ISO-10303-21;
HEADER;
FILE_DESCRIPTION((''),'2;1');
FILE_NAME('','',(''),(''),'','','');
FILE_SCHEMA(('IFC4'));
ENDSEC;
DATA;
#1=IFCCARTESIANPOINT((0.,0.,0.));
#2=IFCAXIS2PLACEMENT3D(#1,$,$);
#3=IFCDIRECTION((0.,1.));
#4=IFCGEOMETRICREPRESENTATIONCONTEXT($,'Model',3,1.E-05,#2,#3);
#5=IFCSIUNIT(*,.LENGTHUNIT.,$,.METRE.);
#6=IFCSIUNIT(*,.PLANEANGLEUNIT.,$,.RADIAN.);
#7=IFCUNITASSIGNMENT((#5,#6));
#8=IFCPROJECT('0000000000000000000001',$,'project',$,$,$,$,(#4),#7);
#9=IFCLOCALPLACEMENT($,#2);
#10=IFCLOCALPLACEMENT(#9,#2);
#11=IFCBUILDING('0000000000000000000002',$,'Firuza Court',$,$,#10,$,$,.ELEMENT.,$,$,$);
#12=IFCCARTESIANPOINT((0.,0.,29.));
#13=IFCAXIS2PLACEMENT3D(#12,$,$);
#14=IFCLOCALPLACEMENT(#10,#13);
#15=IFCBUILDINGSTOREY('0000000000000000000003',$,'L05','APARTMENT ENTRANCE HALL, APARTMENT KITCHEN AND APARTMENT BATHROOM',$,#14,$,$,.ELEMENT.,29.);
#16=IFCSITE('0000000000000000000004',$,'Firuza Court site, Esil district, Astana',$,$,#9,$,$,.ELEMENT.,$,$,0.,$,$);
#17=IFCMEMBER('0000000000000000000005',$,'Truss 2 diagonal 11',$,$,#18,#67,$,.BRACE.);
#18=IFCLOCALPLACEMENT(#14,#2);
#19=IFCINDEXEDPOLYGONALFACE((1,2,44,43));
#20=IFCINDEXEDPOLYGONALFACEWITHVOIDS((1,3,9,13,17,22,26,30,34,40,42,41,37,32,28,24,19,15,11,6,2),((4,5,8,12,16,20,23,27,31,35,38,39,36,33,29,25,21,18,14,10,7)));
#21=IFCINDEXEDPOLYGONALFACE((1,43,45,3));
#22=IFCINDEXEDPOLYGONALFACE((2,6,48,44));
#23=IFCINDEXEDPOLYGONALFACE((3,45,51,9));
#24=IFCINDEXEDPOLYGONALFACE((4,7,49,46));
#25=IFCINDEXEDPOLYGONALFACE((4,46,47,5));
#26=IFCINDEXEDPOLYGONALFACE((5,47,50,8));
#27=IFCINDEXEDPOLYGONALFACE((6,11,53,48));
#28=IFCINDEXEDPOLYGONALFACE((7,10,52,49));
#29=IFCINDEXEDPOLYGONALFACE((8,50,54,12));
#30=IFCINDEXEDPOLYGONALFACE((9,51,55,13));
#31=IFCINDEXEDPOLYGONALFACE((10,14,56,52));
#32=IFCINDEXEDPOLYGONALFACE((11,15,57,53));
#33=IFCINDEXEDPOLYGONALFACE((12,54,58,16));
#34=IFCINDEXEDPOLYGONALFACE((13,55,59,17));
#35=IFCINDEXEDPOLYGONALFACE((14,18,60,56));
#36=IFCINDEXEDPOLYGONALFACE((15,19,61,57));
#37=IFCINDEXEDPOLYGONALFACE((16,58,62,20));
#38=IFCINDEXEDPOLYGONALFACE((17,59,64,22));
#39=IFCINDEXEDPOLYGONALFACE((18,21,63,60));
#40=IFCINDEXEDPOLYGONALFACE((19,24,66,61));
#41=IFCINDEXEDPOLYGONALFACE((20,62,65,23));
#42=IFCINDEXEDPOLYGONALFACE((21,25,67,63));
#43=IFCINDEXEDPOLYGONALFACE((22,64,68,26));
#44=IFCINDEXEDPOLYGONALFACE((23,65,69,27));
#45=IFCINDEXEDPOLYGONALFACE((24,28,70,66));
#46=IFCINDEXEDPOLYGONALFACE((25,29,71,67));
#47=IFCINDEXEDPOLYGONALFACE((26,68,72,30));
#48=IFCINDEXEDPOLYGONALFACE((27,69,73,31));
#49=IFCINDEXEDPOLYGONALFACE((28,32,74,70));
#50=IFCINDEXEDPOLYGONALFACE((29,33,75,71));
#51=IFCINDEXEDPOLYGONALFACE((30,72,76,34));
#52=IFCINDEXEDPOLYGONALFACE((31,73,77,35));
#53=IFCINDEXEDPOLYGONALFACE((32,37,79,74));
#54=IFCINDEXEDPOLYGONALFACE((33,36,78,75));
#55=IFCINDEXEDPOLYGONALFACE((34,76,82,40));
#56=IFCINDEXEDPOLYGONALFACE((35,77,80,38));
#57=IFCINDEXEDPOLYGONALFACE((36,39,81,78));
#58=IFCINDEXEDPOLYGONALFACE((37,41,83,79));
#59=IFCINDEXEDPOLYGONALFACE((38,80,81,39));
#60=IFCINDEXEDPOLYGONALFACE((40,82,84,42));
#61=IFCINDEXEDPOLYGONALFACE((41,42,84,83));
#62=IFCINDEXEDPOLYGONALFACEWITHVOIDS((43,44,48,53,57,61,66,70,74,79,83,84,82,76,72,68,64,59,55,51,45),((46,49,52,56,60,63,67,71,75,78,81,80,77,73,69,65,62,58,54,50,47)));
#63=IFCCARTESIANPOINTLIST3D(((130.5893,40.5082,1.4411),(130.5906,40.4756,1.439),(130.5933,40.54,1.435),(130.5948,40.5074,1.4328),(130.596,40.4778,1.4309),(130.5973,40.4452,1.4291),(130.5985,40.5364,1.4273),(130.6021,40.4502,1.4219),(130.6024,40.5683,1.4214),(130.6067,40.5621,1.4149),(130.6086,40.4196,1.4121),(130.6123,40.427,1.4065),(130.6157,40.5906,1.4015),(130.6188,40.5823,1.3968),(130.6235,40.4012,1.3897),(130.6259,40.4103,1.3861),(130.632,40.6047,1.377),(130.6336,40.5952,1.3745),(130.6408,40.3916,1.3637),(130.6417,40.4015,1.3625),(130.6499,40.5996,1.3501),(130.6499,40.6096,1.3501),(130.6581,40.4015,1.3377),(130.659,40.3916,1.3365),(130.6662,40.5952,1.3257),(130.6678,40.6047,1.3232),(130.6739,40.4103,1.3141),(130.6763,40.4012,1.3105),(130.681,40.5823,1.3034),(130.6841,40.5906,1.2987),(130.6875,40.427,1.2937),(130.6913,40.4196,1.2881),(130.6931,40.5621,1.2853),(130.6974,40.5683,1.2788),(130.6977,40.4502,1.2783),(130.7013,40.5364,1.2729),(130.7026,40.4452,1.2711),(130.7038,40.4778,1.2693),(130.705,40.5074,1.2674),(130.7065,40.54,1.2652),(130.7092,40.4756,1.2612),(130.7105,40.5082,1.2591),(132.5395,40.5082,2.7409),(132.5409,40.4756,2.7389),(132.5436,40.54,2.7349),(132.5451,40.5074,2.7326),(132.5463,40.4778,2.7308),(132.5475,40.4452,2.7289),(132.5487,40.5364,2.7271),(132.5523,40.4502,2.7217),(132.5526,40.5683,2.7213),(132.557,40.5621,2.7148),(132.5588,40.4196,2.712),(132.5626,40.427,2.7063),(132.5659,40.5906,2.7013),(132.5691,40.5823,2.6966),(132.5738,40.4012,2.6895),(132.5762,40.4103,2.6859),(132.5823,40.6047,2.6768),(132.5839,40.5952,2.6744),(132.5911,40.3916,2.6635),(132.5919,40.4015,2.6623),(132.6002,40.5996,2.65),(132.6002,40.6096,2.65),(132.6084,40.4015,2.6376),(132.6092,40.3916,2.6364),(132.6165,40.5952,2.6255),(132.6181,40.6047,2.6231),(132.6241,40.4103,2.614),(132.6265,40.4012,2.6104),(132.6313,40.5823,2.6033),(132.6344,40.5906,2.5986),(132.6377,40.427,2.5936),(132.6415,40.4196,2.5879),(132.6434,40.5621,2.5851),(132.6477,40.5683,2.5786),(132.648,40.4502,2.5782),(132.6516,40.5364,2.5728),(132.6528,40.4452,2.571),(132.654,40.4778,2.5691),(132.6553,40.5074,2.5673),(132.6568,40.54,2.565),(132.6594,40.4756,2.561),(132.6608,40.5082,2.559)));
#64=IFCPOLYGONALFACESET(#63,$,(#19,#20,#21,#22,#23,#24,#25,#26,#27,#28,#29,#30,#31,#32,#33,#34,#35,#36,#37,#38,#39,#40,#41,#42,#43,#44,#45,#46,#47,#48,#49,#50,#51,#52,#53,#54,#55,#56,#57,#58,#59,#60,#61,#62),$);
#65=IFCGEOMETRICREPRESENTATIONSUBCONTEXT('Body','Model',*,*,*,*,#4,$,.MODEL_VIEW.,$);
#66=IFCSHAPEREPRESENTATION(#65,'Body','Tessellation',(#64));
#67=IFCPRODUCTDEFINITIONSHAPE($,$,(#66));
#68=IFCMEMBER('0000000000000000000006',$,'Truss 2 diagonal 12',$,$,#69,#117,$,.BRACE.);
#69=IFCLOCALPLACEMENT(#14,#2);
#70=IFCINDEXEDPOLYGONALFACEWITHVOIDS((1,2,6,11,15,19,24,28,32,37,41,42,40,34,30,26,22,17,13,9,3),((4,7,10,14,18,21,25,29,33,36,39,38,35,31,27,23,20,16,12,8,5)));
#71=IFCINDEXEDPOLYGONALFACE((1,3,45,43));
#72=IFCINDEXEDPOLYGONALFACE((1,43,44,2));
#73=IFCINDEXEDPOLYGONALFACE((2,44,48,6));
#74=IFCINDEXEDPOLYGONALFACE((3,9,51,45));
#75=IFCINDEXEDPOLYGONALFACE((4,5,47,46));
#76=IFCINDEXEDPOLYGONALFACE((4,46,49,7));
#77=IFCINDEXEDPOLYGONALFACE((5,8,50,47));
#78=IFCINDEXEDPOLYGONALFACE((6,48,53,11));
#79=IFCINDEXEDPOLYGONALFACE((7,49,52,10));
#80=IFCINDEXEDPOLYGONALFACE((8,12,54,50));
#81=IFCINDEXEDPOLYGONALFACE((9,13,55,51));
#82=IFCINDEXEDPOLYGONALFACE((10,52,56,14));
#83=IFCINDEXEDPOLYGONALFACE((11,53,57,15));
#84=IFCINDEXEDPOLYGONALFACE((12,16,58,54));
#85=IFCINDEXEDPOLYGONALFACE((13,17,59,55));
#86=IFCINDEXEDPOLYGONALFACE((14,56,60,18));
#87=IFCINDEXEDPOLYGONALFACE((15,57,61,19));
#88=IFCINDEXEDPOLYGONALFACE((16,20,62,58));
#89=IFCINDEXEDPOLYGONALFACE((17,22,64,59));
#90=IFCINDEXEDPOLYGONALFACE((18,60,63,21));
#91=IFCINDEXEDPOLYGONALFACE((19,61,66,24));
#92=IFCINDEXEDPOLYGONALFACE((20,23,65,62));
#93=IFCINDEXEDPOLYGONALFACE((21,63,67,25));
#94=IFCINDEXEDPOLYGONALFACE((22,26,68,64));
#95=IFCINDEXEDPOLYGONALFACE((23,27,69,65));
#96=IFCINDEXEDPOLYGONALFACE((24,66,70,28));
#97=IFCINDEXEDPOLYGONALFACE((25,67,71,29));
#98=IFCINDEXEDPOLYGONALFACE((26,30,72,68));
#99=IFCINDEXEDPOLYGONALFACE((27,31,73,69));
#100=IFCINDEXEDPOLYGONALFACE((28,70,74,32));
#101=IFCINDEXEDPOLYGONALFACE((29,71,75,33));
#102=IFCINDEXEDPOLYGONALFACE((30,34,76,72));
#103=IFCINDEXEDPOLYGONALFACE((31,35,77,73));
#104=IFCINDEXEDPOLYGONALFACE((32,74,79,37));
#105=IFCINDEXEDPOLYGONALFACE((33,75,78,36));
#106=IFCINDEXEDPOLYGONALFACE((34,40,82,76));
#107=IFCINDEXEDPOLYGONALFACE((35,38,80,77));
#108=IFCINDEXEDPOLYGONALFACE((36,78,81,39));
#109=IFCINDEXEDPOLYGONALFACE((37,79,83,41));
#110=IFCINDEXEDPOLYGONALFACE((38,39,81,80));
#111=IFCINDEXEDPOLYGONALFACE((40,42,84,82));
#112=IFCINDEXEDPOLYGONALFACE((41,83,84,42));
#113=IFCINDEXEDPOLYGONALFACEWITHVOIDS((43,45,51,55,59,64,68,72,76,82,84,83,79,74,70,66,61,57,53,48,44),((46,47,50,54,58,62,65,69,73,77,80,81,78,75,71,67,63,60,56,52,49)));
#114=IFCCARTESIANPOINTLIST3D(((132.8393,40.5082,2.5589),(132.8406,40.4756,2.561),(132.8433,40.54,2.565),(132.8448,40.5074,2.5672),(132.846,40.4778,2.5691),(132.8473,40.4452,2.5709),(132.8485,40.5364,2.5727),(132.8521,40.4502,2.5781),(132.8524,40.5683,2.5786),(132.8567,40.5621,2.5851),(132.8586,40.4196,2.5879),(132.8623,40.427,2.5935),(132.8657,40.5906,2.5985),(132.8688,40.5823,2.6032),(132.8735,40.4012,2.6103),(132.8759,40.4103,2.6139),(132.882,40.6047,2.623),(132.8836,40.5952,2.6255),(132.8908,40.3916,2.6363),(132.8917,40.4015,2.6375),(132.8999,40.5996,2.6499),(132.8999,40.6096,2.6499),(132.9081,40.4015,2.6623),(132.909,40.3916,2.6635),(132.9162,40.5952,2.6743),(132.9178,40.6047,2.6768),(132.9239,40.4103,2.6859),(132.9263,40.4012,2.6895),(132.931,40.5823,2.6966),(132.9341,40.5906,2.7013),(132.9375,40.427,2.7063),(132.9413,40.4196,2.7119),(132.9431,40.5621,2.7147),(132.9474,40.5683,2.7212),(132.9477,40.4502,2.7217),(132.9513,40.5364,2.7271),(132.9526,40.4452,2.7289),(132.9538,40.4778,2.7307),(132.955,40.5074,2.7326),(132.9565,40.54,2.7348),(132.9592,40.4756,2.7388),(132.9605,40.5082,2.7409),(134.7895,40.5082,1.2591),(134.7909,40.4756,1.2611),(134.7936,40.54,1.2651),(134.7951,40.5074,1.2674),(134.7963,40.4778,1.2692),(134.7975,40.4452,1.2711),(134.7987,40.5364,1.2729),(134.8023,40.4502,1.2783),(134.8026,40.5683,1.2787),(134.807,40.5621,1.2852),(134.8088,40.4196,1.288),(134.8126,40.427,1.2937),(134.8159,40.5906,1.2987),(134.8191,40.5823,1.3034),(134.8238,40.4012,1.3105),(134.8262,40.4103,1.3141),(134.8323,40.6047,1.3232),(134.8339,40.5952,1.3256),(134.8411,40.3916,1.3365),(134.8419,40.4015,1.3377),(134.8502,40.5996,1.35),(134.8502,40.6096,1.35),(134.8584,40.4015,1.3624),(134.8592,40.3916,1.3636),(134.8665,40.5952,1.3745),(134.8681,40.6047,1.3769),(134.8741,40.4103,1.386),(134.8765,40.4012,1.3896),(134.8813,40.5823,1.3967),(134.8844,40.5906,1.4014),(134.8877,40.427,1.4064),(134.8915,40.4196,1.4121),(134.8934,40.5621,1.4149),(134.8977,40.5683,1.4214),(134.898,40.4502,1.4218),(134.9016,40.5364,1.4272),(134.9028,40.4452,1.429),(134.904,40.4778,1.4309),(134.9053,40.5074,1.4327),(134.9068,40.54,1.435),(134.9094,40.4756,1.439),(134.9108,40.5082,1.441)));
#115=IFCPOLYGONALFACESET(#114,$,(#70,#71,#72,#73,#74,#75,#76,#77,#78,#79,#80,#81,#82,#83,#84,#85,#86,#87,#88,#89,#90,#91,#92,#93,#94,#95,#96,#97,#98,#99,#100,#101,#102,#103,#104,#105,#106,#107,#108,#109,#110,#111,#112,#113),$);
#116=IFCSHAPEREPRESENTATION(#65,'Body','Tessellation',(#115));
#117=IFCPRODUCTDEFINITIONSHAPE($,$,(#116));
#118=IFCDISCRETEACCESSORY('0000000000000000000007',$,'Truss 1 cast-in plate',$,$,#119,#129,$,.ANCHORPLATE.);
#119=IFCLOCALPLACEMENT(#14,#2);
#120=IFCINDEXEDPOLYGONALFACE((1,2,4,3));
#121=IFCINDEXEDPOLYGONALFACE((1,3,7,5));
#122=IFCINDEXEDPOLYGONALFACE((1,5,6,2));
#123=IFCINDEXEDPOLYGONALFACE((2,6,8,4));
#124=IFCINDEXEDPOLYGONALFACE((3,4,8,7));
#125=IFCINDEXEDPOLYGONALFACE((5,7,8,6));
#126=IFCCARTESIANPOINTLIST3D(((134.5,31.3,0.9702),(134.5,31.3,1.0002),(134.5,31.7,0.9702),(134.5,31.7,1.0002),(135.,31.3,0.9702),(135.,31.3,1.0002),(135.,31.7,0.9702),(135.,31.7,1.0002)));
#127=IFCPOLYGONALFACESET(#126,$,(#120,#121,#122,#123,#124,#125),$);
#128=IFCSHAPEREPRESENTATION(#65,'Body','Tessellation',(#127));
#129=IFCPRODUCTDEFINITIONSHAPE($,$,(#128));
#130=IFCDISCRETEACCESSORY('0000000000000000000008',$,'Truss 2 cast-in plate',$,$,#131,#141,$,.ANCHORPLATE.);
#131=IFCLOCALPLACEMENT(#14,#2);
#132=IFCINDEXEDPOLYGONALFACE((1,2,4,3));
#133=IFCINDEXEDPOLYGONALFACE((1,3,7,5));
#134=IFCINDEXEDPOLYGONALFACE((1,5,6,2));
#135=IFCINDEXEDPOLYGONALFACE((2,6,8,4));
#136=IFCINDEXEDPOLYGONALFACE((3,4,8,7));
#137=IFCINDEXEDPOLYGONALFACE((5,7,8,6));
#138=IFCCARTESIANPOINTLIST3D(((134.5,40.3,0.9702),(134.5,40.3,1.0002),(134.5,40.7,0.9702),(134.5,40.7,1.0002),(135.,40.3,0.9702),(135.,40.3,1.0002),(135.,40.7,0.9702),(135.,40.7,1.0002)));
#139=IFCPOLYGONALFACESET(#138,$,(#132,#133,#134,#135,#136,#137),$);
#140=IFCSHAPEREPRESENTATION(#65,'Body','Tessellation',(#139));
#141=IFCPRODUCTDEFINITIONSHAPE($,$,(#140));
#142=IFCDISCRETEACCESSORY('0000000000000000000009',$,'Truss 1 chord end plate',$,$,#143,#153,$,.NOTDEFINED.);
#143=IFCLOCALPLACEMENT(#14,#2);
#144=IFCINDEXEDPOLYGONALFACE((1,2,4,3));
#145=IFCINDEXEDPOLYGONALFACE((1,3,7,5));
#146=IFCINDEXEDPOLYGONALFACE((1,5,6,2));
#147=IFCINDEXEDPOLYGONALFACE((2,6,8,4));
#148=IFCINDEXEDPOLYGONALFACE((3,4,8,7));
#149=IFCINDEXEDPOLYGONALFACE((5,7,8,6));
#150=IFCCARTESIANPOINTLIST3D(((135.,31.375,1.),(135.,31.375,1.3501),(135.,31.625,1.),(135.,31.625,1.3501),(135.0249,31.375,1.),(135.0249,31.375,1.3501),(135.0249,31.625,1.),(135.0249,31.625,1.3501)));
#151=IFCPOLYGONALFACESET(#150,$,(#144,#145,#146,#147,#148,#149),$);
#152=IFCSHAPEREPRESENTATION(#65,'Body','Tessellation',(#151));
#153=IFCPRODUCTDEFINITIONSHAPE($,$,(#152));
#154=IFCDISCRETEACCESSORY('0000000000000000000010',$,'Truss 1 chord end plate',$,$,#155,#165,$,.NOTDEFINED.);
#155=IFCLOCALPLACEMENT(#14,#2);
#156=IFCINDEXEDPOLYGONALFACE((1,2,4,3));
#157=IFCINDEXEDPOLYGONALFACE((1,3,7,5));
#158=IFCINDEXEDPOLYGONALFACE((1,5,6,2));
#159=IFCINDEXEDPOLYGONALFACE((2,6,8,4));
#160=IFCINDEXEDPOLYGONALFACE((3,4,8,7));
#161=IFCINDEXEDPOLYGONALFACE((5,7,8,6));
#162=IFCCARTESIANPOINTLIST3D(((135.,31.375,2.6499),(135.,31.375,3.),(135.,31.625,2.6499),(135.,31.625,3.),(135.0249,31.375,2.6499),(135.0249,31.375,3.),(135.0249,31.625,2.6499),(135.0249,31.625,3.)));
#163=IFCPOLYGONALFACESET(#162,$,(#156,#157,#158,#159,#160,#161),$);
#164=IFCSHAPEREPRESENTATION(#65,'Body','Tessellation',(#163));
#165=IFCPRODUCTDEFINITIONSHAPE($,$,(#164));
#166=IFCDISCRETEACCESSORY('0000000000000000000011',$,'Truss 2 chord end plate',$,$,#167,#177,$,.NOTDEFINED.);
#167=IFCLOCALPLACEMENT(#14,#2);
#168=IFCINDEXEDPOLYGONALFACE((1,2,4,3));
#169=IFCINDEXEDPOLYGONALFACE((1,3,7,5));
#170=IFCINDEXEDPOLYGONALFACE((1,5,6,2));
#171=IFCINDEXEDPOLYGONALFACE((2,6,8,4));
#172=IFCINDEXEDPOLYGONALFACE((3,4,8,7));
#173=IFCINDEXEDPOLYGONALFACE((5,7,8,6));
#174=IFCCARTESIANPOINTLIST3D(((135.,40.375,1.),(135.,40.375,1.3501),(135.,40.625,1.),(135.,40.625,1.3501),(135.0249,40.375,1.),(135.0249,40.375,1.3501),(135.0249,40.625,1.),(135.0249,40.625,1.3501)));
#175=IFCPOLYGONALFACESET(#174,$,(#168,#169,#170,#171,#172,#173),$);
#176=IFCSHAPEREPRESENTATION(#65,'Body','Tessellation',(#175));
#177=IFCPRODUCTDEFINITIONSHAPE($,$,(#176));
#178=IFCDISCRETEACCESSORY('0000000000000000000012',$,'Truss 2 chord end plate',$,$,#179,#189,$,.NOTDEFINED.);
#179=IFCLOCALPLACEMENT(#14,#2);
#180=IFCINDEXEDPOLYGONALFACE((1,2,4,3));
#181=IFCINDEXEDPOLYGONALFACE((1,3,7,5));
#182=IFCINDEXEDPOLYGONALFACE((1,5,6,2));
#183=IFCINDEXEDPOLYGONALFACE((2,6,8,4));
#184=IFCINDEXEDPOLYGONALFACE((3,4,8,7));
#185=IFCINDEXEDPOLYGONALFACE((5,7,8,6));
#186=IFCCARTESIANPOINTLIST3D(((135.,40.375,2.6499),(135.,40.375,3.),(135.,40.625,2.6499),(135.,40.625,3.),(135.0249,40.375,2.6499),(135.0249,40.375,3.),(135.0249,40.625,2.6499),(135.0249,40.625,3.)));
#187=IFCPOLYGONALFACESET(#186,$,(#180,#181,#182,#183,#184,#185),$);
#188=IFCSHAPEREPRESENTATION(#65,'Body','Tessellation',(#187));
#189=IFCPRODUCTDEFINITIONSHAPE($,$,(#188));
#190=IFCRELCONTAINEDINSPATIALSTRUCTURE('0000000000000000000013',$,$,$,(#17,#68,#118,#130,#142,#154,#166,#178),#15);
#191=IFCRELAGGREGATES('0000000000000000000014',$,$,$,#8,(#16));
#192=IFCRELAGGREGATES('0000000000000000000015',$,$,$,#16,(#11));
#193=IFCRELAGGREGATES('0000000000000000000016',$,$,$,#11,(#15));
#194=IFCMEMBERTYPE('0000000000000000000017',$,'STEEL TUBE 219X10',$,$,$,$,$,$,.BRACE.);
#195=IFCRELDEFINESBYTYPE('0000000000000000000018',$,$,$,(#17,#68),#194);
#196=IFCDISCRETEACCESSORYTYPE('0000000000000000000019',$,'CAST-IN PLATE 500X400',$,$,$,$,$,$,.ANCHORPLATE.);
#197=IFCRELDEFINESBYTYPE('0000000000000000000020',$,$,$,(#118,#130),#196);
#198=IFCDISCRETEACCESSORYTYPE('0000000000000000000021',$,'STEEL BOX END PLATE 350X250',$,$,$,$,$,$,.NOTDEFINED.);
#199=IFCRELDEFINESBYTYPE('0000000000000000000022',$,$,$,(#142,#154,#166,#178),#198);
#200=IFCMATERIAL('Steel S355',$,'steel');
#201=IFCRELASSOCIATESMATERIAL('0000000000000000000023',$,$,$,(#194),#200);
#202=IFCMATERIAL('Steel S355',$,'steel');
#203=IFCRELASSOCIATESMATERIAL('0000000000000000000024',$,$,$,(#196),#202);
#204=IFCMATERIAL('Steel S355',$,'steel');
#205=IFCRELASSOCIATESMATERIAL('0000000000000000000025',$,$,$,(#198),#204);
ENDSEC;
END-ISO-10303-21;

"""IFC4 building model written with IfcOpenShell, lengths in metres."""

from ifc_helpers import new_model, si_unit, direction, frame, origin, origin_2d, place, context, subcontext, project, spatial, rectangle, hollow_circle, extrude, material, material_profile, profile_set, type_object, element, save


model = new_model("IFC4")

# Units and contexts
model_context = context("Model", 3, precision=1e-05, world=origin(), true_north=direction((0.0, 1.0)))
body_context = subcontext(model_context, "Body", "Model", "MODEL_VIEW")
ifc_project = project(units=[si_unit("LENGTHUNIT", "METRE"), si_unit("PLANEANGLEUNIT", "RADIAN")], contexts=[model_context])

# Site, building, storey
site_placement = place(None, origin())
site = spatial("IfcSite", under=ifc_project, at=site_placement, Name="Firuza Court site, Esil district, Astana", CompositionType="ELEMENT", RefElevation=0.0)
building_placement = place(site_placement, origin())
building = spatial("IfcBuilding", under=site, at=building_placement, Name="Firuza Court", CompositionType="ELEMENT")
storey_placement = place(building_placement, frame((0.0, 0.0, 29.0)))
storey = spatial("IfcBuildingStorey", under=building, at=storey_placement, Name="L05", Description="APARTMENT ENTRANCE HALL, APARTMENT KITCHEN AND APARTMENT BATHROOM", CompositionType="ELEMENT", Elevation=29.0)

# Members
ifc_material_1 = material(Name="Steel S355", Category="steel")
ifc_material_profile_1 = material_profile(ifc_material_1, hollow_circle(Radius=0.1096, WallThickness=0.01, at=origin_2d()), Name="CHS 219X10")
ifc_profile_set_1 = profile_set([ifc_material_profile_1], Name="Steel S355")
member_type_1 = type_object("IfcMemberType", Name="STEEL TUBE 219X10", PredefinedType="BRACE", material=ifc_profile_set_1)
for number, where, z_axis, x_axis, name in (
    (1, (130.6499, 40.5, 1.3501), (0.832114, 0.0, 0.554604), (0.0, 1.0, 0.0), "Truss 2 diagonal 11"),
    (2, (132.8999, 40.5, 2.6499), (0.832114, 0.0, -0.554604), (0.0, 1.0, 0.0), "Truss 2 diagonal 12"),
):
    element("IfcMember", number, at=place(storey_placement, frame(where, z_axis=z_axis, x_axis=x_axis)), inside=storey, type_object=member_type_1, Name=name, PredefinedType="BRACE", context=body_context, shape_type="SweptSolid", body=[
        extrude(hollow_circle(Radius=0.1096, WallThickness=0.01, at=origin_2d()), origin(), (0.0, 0.0, 1.0), 2.3438),
    ])

# Discrete accessories
ifc_material_2 = material(Name="Steel S355", Category="steel")
discrete_accessory_type_1 = type_object("IfcDiscreteAccessoryType", Name="CAST-IN PLATE 500X400", PredefinedType="ANCHORPLATE", material=ifc_material_2)
for number, where, z_axis, x_axis, name in (
    (3, (134.75, 31.5, 0.9702), (0.0, 0.0, 1.0), (1.0, 0.0, 0.0), "Truss 1 cast-in plate"),
    (4, (134.75, 40.5, 0.9702), (0.0, 0.0, 1.0), (1.0, 0.0, 0.0), "Truss 2 cast-in plate"),
):
    element("IfcDiscreteAccessory", number, at=place(storey_placement, frame(where, z_axis=z_axis, x_axis=x_axis)), inside=storey, type_object=discrete_accessory_type_1, Name=name, PredefinedType="ANCHORPLATE", context=body_context, shape_type="SweptSolid", body=[
        extrude(rectangle(XDim=0.5, YDim=0.3999, at=origin_2d()), origin(), (0.0, 0.0, 1.0), 0.03),
    ])
ifc_material_3 = material(Name="Steel S355", Category="steel")
ifc_material_profile_2 = material_profile(ifc_material_3, rectangle(XDim=0.25, YDim=0.3501, at=origin_2d()), Name="PL 250X350")
ifc_profile_set_2 = profile_set([ifc_material_profile_2], Name="Steel S355")
discrete_accessory_type_2 = type_object("IfcDiscreteAccessoryType", Name="STEEL BOX END PLATE 350X250", PredefinedType="NOTDEFINED", material=ifc_profile_set_2)
for number, where, z_axis, x_axis, name in (
    (5, (135.0249, 31.5, 1.175), (-1.0, 0.0, 0.0), (0.0, -1.0, 0.0), "Truss 1 chord end plate"),
    (6, (135.0249, 31.5, 2.825), (-1.0, 0.0, 0.0), (0.0, -1.0, 0.0), "Truss 1 chord end plate"),
    (7, (135.0249, 40.5, 1.175), (-1.0, 0.0, 0.0), (0.0, -1.0, 0.0), "Truss 2 chord end plate"),
    (8, (135.0249, 40.5, 2.825), (-1.0, 0.0, 0.0), (0.0, -1.0, 0.0), "Truss 2 chord end plate"),
):
    element("IfcDiscreteAccessory", number, at=place(storey_placement, frame(where, z_axis=z_axis, x_axis=x_axis)), inside=storey, type_object=discrete_accessory_type_2, Name=name, PredefinedType="NOTDEFINED", context=body_context, shape_type="SweptSolid", body=[
        extrude(rectangle(XDim=0.25, YDim=0.3501, at=origin_2d()), origin(), (0.0, 0.0, 1.0), 0.0249),
    ])

save(model, "model.ifc")
